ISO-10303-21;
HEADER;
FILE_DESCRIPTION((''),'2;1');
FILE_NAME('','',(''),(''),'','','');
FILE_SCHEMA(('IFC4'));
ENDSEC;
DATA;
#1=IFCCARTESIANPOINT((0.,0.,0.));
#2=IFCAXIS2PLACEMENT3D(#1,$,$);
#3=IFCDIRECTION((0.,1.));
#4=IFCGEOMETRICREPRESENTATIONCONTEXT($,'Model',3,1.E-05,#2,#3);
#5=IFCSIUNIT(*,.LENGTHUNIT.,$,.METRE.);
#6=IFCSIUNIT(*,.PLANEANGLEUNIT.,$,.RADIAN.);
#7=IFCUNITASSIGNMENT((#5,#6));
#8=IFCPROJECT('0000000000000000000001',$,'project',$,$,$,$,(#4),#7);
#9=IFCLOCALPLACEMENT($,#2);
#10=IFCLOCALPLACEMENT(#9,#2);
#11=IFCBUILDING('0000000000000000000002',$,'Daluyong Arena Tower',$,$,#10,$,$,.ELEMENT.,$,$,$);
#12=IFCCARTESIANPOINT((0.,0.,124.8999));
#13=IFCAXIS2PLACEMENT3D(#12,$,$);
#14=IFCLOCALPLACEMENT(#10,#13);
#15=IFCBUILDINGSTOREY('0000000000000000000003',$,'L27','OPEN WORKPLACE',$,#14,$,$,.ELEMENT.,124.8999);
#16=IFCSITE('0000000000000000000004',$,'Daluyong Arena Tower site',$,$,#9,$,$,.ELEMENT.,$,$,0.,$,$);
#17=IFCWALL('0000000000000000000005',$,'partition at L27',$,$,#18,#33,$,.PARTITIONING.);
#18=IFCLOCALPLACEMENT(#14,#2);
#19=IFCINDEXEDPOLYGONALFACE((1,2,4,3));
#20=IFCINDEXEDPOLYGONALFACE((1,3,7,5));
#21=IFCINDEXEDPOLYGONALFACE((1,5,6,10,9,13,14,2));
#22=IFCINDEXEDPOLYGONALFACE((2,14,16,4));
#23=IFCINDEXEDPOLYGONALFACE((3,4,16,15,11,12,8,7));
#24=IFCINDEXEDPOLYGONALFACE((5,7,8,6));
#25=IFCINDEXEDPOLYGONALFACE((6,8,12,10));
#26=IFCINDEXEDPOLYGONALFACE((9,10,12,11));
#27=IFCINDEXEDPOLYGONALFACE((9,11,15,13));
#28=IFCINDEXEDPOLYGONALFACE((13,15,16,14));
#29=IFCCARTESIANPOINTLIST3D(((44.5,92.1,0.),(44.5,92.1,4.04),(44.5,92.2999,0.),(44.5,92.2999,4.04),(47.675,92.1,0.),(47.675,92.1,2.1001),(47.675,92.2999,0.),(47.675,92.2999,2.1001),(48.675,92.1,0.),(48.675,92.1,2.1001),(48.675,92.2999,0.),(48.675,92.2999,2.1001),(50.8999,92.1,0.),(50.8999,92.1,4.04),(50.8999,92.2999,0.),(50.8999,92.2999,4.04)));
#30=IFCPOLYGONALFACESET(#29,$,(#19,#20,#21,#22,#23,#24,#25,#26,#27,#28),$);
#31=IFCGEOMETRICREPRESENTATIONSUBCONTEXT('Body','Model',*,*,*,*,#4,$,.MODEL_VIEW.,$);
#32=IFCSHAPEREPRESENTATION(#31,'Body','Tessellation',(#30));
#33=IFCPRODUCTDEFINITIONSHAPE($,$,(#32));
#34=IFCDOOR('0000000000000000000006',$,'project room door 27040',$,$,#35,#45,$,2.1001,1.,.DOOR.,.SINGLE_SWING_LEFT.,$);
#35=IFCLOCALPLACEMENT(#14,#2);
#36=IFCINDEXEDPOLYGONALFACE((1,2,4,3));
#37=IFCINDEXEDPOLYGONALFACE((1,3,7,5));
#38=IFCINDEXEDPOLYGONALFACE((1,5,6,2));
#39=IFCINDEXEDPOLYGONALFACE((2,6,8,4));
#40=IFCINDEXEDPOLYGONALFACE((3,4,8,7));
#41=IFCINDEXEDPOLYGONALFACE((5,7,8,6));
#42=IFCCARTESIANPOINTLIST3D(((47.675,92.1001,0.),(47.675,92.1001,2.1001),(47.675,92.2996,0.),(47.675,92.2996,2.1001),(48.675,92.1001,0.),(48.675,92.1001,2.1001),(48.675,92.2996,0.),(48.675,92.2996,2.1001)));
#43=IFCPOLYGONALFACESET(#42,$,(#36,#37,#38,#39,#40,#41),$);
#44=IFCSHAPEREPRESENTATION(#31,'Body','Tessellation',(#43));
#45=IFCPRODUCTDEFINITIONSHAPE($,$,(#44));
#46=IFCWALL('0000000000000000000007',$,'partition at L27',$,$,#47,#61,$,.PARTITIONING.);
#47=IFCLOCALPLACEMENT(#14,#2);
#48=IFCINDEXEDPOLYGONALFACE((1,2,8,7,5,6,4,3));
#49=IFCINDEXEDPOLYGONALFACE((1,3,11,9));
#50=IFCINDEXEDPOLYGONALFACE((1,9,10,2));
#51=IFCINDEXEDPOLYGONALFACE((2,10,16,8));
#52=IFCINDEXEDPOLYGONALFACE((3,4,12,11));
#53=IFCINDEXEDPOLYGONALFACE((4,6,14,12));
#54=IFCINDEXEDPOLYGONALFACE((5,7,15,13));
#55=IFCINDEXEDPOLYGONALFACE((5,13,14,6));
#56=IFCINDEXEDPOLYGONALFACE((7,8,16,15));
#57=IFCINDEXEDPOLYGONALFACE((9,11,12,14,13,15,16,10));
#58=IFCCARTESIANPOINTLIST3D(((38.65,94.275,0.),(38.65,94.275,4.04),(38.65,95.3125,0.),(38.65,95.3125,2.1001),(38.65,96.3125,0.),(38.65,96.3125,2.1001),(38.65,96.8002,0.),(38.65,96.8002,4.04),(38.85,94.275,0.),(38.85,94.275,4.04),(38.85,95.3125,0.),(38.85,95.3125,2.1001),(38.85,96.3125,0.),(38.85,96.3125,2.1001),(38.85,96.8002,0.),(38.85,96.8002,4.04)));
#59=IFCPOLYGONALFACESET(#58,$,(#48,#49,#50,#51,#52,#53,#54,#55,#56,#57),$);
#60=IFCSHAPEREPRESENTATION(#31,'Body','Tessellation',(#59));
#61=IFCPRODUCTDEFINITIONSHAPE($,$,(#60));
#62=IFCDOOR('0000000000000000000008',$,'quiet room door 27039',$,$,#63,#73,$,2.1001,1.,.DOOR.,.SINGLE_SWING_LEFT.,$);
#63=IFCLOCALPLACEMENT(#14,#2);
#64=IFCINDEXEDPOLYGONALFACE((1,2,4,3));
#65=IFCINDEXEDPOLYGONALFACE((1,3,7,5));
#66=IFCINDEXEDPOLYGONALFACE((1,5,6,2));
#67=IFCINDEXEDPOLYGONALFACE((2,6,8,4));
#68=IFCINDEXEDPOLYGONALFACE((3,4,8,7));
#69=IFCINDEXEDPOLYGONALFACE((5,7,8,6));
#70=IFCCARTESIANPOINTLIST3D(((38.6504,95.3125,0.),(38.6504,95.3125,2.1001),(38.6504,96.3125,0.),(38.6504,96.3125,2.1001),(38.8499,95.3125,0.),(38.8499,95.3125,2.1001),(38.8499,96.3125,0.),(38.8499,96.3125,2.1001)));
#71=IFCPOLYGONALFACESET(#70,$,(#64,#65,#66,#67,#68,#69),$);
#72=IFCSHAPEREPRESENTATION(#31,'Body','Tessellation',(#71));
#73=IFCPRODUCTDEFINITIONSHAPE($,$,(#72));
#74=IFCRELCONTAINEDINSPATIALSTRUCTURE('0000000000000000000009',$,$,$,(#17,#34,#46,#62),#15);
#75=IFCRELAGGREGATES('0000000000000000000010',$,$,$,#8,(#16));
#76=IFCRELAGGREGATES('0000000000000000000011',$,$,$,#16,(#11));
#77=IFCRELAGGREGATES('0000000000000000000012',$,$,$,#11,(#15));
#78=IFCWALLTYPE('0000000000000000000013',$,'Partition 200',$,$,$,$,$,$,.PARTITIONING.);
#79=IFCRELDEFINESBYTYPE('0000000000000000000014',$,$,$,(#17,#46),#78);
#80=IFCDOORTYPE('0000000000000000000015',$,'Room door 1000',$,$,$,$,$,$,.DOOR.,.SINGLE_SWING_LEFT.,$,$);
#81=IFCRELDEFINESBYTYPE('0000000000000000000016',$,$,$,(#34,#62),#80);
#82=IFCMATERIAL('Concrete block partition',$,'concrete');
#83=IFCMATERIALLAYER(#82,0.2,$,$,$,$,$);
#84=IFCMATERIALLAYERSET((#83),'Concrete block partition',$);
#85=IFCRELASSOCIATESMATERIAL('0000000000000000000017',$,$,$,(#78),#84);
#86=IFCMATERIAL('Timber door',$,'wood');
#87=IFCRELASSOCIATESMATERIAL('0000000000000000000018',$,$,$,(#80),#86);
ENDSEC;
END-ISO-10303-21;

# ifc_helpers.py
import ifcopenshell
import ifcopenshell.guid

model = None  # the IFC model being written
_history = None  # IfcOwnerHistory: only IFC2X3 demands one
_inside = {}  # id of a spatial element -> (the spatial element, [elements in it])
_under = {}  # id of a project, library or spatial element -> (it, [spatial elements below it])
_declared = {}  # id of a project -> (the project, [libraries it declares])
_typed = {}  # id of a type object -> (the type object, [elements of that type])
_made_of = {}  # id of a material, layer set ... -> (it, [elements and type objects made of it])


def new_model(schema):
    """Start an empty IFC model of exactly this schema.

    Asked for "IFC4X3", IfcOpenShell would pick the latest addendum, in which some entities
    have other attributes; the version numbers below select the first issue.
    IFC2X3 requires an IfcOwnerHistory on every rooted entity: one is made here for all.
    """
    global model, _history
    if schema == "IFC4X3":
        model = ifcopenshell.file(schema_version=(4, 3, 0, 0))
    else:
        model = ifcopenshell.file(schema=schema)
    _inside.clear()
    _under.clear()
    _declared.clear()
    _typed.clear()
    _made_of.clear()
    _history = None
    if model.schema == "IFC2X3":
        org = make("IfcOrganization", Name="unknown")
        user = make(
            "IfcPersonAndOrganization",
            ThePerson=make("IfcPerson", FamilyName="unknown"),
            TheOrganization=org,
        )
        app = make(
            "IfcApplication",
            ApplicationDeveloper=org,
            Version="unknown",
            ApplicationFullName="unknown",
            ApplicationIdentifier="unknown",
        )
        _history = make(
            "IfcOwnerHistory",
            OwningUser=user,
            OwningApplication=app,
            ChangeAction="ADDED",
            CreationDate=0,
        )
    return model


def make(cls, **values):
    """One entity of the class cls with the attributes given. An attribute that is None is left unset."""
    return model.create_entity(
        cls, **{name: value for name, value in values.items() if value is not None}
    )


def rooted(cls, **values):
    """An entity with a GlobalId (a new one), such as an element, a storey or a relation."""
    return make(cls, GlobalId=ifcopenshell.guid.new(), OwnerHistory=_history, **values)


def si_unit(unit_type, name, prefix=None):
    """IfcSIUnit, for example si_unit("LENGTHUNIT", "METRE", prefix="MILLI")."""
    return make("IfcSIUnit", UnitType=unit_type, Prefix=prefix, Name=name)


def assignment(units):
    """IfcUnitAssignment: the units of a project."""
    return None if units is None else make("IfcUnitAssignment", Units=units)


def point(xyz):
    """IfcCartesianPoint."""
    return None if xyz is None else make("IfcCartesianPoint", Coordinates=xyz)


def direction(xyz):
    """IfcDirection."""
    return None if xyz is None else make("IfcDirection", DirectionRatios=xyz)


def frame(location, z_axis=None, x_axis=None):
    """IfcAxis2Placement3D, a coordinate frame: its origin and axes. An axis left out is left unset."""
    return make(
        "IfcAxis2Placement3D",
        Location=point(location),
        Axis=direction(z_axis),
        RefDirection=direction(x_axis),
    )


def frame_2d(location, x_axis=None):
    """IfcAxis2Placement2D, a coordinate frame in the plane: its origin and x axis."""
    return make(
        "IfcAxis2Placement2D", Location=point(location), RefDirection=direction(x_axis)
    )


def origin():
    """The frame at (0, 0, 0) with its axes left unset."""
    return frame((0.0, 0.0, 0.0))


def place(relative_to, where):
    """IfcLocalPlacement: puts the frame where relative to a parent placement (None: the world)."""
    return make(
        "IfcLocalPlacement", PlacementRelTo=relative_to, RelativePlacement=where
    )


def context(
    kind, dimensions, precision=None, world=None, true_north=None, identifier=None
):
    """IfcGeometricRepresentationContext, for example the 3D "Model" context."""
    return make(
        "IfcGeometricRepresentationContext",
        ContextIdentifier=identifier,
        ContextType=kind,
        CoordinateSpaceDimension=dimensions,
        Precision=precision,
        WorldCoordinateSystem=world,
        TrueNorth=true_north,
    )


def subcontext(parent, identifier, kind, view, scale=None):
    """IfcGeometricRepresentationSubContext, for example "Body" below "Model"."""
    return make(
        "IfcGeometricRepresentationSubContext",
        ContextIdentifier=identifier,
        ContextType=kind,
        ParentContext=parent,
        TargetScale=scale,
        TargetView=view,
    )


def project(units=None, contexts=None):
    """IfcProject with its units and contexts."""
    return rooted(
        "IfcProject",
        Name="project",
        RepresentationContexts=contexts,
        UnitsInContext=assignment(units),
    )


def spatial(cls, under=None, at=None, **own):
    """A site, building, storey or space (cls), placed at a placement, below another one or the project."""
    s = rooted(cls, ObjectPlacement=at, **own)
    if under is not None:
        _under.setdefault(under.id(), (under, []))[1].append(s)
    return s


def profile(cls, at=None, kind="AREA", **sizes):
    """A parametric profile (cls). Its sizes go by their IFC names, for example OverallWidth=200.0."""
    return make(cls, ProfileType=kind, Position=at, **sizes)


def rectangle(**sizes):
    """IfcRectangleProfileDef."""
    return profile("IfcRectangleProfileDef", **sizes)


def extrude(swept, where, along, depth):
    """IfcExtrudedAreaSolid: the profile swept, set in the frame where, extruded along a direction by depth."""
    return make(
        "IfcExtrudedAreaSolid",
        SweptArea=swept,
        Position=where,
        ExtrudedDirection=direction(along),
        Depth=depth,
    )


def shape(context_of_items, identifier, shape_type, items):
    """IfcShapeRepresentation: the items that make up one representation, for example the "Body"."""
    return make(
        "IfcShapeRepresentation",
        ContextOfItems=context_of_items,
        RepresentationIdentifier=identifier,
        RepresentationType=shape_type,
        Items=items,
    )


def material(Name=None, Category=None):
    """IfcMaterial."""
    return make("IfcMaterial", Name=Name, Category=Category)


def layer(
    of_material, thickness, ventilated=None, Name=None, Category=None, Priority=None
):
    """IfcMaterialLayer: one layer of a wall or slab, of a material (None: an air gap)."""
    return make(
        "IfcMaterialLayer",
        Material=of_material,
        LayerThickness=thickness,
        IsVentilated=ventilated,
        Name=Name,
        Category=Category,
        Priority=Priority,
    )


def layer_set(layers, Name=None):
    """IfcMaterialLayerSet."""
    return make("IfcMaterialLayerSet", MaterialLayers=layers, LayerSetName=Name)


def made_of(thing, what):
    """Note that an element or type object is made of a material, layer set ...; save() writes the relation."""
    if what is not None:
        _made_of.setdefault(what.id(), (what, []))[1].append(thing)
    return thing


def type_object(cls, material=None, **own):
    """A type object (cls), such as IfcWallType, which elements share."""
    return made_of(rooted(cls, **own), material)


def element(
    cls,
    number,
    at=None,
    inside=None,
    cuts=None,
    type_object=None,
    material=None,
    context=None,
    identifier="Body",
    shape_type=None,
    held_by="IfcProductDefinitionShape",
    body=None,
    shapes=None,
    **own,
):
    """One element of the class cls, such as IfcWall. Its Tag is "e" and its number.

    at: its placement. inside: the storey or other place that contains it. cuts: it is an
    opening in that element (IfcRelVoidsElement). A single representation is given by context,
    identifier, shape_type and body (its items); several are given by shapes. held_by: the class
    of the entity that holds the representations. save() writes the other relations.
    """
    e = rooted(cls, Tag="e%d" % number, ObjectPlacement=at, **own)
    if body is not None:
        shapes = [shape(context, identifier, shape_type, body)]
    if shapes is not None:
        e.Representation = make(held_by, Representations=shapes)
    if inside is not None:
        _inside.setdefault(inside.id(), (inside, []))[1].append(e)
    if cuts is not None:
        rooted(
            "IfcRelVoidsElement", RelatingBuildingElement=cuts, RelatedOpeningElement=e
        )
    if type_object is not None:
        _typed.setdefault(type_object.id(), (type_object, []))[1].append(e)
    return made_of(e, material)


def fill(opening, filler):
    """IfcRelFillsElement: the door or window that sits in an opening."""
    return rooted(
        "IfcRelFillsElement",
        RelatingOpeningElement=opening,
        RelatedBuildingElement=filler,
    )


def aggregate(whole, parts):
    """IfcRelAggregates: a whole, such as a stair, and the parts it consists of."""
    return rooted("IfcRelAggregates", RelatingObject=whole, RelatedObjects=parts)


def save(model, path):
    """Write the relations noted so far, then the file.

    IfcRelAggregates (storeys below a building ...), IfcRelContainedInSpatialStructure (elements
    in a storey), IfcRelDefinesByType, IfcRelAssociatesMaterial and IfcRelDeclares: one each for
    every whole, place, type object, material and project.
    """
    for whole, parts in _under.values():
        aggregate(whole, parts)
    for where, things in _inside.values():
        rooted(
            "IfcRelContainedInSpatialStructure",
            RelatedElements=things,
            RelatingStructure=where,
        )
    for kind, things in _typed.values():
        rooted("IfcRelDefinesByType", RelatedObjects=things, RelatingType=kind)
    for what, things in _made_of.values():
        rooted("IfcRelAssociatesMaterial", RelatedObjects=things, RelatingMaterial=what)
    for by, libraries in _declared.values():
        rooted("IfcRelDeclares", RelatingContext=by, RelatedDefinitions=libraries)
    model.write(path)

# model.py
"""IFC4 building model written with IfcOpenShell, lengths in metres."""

from ifc_helpers import new_model, si_unit, direction, frame, frame_2d, origin, place, context, subcontext, project, spatial, rectangle, extrude, material, layer, layer_set, type_object, element, fill, save


model = new_model("IFC4")

# Units and contexts
model_context = context("Model", 3, precision=1e-05, world=origin(), true_north=direction((0.0, 1.0)))
body_context = subcontext(model_context, "Body", "Model", "MODEL_VIEW")
ifc_project = project(units=[si_unit("LENGTHUNIT", "METRE"), si_unit("PLANEANGLEUNIT", "RADIAN")], contexts=[model_context])

# Site, building, storey
site_placement = place(None, origin())
site = spatial("IfcSite", under=ifc_project, at=site_placement, Name="Daluyong Arena Tower site", CompositionType="ELEMENT", RefElevation=0.0)
building_placement = place(site_placement, origin())
building = spatial("IfcBuilding", under=site, at=building_placement, Name="Daluyong Arena Tower", CompositionType="ELEMENT")
storey_placement = place(building_placement, frame((0.0, 0.0, 124.8999)))
storey = spatial("IfcBuildingStorey", under=building, at=storey_placement, Name="L27", Description="OPEN WORKPLACE", CompositionType="ELEMENT", Elevation=124.8999)

# Shared definitions
ifc_material_1 = material(Name="Concrete block partition", Category="concrete")
ifc_layer_1 = layer(ifc_material_1, 0.2)
ifc_layer_set_1 = layer_set([ifc_layer_1], Name="Concrete block partition")
wall_type_1 = type_object("IfcWallType", Name="Partition 200", PredefinedType="PARTITIONING", material=ifc_layer_set_1)

# Walls, openings, doors
wall_1_placement = place(storey_placement, frame((44.5, 92.2, 0.0), z_axis=(0.0, 0.0, 1.0), x_axis=(1.0, 0.0, 0.0)))
wall_1 = element("IfcWall", 1, at=wall_1_placement, inside=storey, type_object=wall_type_1, Name="partition at L27", PredefinedType="PARTITIONING", context=body_context, shape_type="SweptSolid", body=[
    extrude(rectangle(XDim=6.3999, YDim=0.2, at=frame_2d((3.2, 0.0))), origin(), (0.0, 0.0, 1.0), 4.04),
])
opening_1_placement = place(wall_1_placement, frame((3.175, 0.0, 0.0)))
opening_1 = element("IfcOpeningElement", 2, at=opening_1_placement, cuts=wall_1, PredefinedType="OPENING", context=body_context, shape_type="SweptSolid", body=[
    extrude(rectangle(XDim=1.0, YDim=2.1001, at=frame_2d((0.5, 1.05))), frame((0.0, 0.1099, 0.0), z_axis=(0.0, -1.0, 0.0), x_axis=(1.0, 0.0, 0.0)), (0.0, 0.0, 1.0), 0.22),
])
ifc_material_2 = material(Name="Timber door", Category="wood")
door_type_1 = type_object("IfcDoorType", Name="Room door 1000", OperationType="SINGLE_SWING_LEFT", PredefinedType="DOOR", material=ifc_material_2)
door_1_placement = place(opening_1_placement, origin())
door_1 = element("IfcDoor", 3, at=door_1_placement, inside=storey, type_object=door_type_1, Name="project room door 27040", OperationType="SINGLE_SWING_LEFT", OverallHeight=2.1001, OverallWidth=1.0, PredefinedType="DOOR", context=body_context, shape_type="SweptSolid", body=[
    extrude(rectangle(XDim=1.0, YDim=2.1001, at=frame_2d((0.5, 1.05))), frame((0.0, 0.0996, 0.0), z_axis=(0.0, -1.0, 0.0), x_axis=(1.0, 0.0, 0.0)), (0.0, 0.0, 1.0), 0.1995),
])
fill(opening_1, door_1)
wall_2_placement = place(storey_placement, frame((38.75, 94.2749, 0.0), z_axis=(0.0, 0.0, 1.0), x_axis=(0.0, 1.0, 0.0)))
wall_2 = element("IfcWall", 4, at=wall_2_placement, inside=storey, type_object=wall_type_1, Name="partition at L27", PredefinedType="PARTITIONING", context=body_context, shape_type="SweptSolid", body=[
    extrude(rectangle(XDim=2.5251, YDim=0.2, at=frame_2d((1.2627, 0.0))), origin(), (0.0, 0.0, 1.0), 4.04),
])
opening_2_placement = place(wall_2_placement, frame((1.0376, 0.0, 0.0)))
opening_2 = element("IfcOpeningElement", 5, at=opening_2_placement, cuts=wall_2, PredefinedType="OPENING", context=body_context, shape_type="SweptSolid", body=[
    extrude(rectangle(XDim=1.0, YDim=2.1001, at=frame_2d((0.5, 1.05))), frame((0.0, 0.1099, 0.0), z_axis=(0.0, -1.0, 0.0), x_axis=(1.0, 0.0, 0.0)), (0.0, 0.0, 1.0), 0.22),
])
door_2_placement = place(opening_2_placement, origin())
door_2 = element("IfcDoor", 6, at=door_2_placement, inside=storey, type_object=door_type_1, Name="quiet room door 27039", OperationType="SINGLE_SWING_LEFT", OverallHeight=2.1001, OverallWidth=1.0, PredefinedType="DOOR", context=body_context, shape_type="SweptSolid", body=[
    extrude(rectangle(XDim=1.0, YDim=2.1001, at=frame_2d((0.5, 1.05))), frame((0.0, 0.0996, 0.0), z_axis=(0.0, -1.0, 0.0), x_axis=(1.0, 0.0, 0.0)), (0.0, 0.0, 1.0), 0.1995),
])
fill(opening_2, door_2)

save(model, "model.ifc")
